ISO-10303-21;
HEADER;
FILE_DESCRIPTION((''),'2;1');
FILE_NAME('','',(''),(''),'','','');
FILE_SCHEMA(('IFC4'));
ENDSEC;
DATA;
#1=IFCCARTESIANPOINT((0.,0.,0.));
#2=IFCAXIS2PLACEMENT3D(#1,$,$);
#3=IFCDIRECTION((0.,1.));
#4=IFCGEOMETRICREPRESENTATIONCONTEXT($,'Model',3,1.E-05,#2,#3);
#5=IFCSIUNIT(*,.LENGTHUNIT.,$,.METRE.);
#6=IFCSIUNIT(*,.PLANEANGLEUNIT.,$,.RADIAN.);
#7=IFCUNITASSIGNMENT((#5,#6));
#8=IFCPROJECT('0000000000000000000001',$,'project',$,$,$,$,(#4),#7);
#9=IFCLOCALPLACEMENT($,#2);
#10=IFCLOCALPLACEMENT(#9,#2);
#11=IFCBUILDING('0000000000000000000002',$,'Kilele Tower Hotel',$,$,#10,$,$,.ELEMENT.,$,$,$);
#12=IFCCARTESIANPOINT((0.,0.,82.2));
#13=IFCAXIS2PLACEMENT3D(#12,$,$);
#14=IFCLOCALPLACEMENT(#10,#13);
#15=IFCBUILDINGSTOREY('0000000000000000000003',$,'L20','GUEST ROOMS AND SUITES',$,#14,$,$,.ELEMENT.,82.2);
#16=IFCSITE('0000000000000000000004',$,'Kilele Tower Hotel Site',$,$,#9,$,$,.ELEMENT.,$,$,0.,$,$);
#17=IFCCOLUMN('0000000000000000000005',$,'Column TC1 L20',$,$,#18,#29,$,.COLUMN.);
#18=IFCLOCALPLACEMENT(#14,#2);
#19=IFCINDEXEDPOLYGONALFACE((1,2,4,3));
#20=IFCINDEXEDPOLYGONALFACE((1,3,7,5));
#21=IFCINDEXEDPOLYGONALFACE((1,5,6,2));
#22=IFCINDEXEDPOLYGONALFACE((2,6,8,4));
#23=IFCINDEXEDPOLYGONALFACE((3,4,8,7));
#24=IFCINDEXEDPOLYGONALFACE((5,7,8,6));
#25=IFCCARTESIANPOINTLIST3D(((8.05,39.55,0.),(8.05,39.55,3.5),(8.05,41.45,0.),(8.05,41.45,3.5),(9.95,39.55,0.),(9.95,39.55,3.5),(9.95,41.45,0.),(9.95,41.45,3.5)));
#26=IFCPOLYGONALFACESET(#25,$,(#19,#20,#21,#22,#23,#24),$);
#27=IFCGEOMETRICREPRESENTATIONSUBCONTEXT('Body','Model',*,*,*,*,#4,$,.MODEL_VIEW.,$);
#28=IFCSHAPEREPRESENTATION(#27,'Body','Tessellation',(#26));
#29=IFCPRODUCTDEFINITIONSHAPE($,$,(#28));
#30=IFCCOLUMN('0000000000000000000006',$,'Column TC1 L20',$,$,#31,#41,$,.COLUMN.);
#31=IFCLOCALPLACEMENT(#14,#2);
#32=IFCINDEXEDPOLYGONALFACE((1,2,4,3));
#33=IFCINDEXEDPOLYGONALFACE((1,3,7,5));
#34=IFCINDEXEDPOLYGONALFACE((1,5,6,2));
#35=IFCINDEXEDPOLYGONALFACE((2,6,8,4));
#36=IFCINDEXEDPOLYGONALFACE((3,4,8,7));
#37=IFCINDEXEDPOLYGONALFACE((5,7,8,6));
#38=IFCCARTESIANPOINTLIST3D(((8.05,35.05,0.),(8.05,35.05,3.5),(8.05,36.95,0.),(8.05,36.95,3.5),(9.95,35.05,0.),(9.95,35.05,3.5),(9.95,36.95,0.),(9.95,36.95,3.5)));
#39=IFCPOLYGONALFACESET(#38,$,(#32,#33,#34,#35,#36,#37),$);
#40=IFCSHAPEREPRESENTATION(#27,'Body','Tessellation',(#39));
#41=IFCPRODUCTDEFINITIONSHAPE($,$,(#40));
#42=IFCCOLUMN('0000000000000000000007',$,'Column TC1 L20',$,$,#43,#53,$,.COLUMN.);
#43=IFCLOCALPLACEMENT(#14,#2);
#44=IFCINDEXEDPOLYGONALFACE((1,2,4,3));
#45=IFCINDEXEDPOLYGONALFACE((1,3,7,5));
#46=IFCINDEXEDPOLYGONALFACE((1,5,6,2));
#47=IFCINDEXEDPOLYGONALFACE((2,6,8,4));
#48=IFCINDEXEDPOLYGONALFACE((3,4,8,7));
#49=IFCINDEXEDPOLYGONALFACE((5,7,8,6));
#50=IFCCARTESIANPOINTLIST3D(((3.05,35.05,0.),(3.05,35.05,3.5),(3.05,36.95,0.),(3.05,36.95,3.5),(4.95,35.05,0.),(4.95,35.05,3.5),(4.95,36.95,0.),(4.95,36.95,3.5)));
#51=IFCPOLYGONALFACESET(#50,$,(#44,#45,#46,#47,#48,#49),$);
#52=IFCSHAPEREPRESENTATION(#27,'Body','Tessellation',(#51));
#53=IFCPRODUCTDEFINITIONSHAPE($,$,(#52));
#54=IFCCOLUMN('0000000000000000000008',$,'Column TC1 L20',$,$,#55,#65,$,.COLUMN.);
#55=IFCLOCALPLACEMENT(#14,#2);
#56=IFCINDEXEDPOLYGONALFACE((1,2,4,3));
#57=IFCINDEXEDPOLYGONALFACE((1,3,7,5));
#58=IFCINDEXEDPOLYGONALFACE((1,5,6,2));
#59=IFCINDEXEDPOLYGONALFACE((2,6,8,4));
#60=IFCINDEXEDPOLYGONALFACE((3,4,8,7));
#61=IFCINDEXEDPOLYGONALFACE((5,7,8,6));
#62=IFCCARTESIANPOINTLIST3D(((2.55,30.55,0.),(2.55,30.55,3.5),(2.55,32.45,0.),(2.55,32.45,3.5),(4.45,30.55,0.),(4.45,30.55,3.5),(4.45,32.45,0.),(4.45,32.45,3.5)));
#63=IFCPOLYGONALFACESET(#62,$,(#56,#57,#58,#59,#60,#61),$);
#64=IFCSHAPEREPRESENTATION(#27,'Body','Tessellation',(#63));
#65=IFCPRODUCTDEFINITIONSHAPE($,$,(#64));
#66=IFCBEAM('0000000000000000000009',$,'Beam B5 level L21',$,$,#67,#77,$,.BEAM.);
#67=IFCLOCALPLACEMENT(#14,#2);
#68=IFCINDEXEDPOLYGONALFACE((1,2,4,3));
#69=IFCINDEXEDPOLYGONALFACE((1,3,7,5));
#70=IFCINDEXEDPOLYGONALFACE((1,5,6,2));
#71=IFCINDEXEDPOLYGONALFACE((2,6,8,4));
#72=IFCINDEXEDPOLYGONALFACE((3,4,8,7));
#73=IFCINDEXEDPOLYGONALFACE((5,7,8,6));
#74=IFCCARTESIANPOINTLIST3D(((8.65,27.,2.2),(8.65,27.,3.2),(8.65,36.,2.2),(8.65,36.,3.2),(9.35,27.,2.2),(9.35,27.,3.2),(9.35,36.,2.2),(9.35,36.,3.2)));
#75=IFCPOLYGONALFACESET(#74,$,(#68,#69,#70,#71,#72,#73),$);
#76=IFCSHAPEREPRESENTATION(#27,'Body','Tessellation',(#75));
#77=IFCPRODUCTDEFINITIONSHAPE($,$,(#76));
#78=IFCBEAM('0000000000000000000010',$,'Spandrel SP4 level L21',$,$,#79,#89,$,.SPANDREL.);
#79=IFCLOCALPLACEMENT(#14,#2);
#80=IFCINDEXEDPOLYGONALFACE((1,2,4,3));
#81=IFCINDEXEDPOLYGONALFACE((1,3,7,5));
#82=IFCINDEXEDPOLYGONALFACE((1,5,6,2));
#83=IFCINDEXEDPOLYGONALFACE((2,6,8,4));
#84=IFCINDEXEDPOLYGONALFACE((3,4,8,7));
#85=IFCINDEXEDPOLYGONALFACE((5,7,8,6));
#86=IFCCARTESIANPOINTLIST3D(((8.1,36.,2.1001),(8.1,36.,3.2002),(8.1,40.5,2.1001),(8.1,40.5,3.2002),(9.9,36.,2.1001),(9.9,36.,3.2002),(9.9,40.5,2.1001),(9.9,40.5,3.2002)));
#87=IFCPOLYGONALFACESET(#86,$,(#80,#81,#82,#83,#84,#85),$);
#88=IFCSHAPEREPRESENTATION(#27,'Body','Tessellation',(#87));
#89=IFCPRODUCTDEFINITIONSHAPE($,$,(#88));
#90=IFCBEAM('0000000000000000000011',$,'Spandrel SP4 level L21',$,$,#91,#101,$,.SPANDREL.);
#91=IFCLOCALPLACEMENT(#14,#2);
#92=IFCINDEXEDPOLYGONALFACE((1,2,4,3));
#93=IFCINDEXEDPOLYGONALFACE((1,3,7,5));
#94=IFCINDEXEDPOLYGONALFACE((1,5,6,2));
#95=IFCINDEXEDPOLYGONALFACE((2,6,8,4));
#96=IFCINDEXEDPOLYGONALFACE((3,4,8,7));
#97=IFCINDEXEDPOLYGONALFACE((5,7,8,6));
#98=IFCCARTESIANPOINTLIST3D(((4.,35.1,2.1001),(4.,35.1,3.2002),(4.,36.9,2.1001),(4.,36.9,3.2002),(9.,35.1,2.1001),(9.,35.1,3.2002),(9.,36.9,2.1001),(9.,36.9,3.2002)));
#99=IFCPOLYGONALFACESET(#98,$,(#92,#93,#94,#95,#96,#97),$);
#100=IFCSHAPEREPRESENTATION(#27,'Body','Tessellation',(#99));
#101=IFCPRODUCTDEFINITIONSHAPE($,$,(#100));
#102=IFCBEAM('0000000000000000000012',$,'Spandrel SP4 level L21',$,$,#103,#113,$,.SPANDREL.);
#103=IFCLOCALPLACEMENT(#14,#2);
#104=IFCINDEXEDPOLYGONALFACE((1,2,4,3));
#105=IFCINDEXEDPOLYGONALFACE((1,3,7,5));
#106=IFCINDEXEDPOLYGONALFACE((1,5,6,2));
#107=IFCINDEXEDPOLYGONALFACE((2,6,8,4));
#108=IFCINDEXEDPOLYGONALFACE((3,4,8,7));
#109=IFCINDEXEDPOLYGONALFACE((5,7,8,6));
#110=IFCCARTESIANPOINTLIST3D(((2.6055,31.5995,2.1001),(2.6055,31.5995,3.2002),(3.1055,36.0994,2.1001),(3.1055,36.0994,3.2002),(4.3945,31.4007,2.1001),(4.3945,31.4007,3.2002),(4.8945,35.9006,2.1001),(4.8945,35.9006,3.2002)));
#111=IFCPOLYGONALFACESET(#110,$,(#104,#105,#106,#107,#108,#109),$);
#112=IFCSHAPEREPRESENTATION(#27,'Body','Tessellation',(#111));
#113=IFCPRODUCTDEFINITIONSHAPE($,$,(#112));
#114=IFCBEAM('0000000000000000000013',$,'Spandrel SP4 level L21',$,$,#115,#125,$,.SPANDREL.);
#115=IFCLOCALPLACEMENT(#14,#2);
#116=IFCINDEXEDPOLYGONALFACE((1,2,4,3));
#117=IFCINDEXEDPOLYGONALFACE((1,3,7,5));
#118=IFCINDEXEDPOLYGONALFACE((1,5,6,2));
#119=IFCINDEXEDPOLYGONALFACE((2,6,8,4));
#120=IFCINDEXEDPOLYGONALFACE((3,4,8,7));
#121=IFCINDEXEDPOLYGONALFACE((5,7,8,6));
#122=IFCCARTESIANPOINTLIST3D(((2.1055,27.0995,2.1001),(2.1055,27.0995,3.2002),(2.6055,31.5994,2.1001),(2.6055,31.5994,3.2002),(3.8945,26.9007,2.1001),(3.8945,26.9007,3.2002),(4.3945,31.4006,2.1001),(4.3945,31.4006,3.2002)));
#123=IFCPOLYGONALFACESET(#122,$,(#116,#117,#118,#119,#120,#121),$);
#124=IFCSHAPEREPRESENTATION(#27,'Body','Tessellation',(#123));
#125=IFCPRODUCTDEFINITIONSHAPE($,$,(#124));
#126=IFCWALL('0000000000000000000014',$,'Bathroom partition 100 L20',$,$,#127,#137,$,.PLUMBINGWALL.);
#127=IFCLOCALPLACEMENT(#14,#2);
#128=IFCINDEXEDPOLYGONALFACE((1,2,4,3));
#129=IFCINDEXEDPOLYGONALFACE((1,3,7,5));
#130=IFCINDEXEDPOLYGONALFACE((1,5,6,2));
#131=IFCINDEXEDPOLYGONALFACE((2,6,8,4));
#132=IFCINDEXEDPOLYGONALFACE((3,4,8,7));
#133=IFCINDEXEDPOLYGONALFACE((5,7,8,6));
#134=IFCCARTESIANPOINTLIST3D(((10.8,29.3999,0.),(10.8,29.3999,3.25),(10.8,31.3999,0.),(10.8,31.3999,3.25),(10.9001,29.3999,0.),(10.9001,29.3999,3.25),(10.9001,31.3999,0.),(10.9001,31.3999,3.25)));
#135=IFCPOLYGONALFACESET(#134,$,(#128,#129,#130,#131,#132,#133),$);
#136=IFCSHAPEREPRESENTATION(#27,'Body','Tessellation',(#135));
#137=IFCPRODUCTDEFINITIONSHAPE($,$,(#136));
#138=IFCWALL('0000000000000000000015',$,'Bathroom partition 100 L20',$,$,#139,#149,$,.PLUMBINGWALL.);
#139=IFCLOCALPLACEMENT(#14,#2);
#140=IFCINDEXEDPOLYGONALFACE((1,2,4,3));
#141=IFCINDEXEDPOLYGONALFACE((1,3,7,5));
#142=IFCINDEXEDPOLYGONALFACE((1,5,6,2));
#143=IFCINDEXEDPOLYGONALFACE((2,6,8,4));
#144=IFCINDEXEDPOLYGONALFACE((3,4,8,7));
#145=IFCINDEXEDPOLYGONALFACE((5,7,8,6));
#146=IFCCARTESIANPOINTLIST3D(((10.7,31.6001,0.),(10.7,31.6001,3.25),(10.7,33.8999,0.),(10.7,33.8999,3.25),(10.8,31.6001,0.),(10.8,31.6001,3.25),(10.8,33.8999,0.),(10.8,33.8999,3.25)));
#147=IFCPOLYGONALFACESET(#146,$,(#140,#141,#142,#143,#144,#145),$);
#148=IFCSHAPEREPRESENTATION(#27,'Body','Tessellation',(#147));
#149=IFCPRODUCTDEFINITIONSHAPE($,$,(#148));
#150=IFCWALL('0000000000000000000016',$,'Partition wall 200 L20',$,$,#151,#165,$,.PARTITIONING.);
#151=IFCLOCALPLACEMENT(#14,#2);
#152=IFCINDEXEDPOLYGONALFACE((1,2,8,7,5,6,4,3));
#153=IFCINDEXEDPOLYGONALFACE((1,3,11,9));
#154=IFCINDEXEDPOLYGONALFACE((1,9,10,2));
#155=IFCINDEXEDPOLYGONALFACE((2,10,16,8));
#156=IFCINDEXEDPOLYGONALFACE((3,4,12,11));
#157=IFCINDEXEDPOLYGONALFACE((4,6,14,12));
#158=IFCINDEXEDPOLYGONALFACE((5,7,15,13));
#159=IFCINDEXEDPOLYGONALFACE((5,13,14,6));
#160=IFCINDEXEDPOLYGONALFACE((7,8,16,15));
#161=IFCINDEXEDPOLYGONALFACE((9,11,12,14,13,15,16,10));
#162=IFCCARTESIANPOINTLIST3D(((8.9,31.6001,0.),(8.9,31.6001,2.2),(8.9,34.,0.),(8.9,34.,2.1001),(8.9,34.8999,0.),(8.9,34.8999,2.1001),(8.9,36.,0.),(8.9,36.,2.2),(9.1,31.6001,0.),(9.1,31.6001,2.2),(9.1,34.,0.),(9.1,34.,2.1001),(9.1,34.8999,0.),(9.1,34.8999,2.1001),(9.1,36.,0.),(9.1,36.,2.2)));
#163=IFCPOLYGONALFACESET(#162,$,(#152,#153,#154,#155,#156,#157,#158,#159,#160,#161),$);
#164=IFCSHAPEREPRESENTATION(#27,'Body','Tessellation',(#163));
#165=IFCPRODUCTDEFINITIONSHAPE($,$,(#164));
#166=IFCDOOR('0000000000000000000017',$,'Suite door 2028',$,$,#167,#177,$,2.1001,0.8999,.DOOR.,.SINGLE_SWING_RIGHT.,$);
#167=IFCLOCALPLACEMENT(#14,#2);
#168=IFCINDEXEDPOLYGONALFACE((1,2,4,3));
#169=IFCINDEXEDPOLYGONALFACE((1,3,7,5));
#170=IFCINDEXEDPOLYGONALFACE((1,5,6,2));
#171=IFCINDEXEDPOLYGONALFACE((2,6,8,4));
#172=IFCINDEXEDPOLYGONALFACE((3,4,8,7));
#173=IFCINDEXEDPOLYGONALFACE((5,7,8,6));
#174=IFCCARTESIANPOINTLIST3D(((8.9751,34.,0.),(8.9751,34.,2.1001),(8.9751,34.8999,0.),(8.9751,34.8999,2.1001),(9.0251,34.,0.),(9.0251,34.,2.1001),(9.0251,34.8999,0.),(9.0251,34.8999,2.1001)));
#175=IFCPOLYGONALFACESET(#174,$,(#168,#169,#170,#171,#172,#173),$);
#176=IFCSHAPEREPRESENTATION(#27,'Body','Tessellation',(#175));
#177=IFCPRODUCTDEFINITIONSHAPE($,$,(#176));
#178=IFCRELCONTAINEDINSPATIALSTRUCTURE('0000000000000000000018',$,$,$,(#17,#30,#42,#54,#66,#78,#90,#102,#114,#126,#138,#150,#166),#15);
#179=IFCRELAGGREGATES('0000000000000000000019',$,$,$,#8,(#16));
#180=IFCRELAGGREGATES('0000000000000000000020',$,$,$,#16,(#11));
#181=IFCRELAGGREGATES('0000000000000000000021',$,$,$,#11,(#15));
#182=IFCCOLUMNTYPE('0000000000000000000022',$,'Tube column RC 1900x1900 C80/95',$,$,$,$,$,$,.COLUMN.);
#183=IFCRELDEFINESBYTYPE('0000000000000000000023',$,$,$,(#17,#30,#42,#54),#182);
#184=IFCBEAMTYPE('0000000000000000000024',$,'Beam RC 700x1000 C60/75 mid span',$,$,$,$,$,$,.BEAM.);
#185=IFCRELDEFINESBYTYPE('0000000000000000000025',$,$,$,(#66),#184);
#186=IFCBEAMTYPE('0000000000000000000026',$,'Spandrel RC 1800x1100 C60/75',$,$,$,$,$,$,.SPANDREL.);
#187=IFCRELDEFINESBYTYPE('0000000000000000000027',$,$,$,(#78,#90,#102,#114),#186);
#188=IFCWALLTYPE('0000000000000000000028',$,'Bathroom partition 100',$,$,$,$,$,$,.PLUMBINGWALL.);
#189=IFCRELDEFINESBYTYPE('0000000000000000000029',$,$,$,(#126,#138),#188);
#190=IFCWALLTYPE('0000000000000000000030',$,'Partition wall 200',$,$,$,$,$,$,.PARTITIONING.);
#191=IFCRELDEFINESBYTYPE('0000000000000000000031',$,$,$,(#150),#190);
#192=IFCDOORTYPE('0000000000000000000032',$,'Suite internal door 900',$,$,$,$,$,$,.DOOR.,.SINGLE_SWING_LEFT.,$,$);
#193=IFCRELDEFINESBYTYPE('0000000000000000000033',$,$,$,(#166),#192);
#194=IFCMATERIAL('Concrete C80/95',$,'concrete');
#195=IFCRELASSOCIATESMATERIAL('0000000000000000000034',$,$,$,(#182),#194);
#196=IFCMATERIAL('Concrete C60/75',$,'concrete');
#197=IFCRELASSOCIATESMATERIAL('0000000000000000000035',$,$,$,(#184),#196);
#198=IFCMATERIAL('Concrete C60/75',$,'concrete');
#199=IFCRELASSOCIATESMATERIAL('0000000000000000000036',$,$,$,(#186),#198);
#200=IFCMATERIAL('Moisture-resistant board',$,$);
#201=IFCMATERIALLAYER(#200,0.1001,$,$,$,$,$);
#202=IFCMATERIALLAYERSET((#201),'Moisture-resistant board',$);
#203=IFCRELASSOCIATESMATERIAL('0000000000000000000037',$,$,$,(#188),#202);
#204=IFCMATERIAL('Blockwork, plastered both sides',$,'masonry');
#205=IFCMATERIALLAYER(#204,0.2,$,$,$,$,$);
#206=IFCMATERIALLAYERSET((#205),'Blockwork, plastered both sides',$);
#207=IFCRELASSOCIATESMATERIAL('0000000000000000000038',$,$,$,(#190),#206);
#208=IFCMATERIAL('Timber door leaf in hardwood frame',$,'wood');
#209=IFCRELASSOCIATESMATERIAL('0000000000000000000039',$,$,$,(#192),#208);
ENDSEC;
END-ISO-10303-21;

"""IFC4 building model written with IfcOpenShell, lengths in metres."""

from ifc_helpers import new_model, si_unit, direction, frame, frame_2d, origin, origin_2d, place, context, subcontext, project, spatial, rectangle, extrude, material, layer, layer_set, material_profile, profile_set, type_object, element, fill, save


model = new_model("IFC4")

# Units and contexts
model_context = context("Model", 3, precision=1e-05, world=origin(), true_north=direction((0.0, 1.0)))
body_context = subcontext(model_context, "Body", "Model", "MODEL_VIEW")
ifc_project = project(units=[si_unit("LENGTHUNIT", "METRE"), si_unit("PLANEANGLEUNIT", "RADIAN")], contexts=[model_context])

# Site, building, storey
site_placement = place(None, origin())
site = spatial("IfcSite", under=ifc_project, at=site_placement, Name="Kilele Tower Hotel Site", CompositionType="ELEMENT", RefElevation=0.0)
building_placement = place(site_placement, origin())
building = spatial("IfcBuilding", under=site, at=building_placement, Name="Kilele Tower Hotel", CompositionType="ELEMENT")
storey_placement = place(building_placement, frame((0.0, 0.0, 82.2)))
storey = spatial("IfcBuildingStorey", under=building, at=storey_placement, Name="L20", Description="GUEST ROOMS AND SUITES", CompositionType="ELEMENT", Elevation=82.2)

# Columns
ifc_material_1 = material(Name="Concrete C80/95", Category="concrete")
ifc_material_profile_1 = material_profile(ifc_material_1, rectangle(XDim=1.8999, YDim=1.8999, at=origin_2d()))
ifc_profile_set_1 = profile_set([ifc_material_profile_1], Name="Concrete C80/95")
column_type = type_object("IfcColumnType", Name="Tube column RC 1900x1900 C80/95", PredefinedType="COLUMN", material=ifc_profile_set_1)
for number, where, z_axis, x_axis, name in (
    (1, (9.0, 40.5, 0.0), (0.0, 0.0, 1.0), (1.0, 0.0, 0.0), "Column TC1 L20"),
    (2, (9.0, 36.0, 0.0), (0.0, 0.0, 1.0), (1.0, 0.0, 0.0), "Column TC1 L20"),
    (3, (4.0, 36.0, 0.0), (0.0, 0.0, 1.0), (1.0, 0.0, 0.0), "Column TC1 L20"),
    (4, (3.5, 31.5, 0.0), (0.0, 0.0, 1.0), (1.0, 0.0, 0.0), "Column TC1 L20"),
):
    element("IfcColumn", number, at=place(storey_placement, frame(where, z_axis=z_axis, x_axis=x_axis)), inside=storey, type_object=column_type, Name=name, PredefinedType="COLUMN", context=body_context, shape_type="SweptSolid", body=[
        extrude(rectangle(XDim=1.8999, YDim=1.8999, at=origin_2d()), origin(), (0.0, 0.0, 1.0), 3.5),
    ])

# Beams
ifc_material_2 = material(Name="Concrete C60/75", Category="concrete")
ifc_material_profile_2 = material_profile(ifc_material_2, rectangle(XDim=0.7, YDim=1.0, at=origin_2d()))
ifc_profile_set_2 = profile_set([ifc_material_profile_2], Name="Concrete C60/75")
beam_type_1 = type_object("IfcBeamType", Name="Beam RC 700x1000 C60/75 mid span", PredefinedType="BEAM", material=ifc_profile_set_2)
beam_1_placement = place(storey_placement, frame((9.0, 36.0, 2.7), z_axis=(0.0, -1.0, 0.0), x_axis=(1.0, 0.0, 0.0)))
element("IfcBeam", 5, at=beam_1_placement, inside=storey, type_object=beam_type_1, Name="Beam B5 level L21", PredefinedType="BEAM", context=body_context, shape_type="SweptSolid", body=[
    extrude(rectangle(XDim=0.7, YDim=1.0, at=origin_2d()), origin(), (0.0, 0.0, 1.0), 9.0),
])
ifc_material_3 = material(Name="Concrete C60/75", Category="concrete")
ifc_material_profile_3 = material_profile(ifc_material_3, rectangle(XDim=1.8, YDim=1.1001, at=origin_2d()))
ifc_profile_set_3 = profile_set([ifc_material_profile_3], Name="Concrete C60/75")
beam_type_2 = type_object("IfcBeamType", Name="Spandrel RC 1800x1100 C60/75", PredefinedType="SPANDREL", material=ifc_profile_set_3)
beam_2_placement = place(storey_placement, frame((9.0, 40.5, 2.6501), z_axis=(0.0, -1.0, 0.0), x_axis=(1.0, 0.0, 0.0)))
element("IfcBeam", 6, at=beam_2_placement, inside=storey, type_object=beam_type_2, Name="Spandrel SP4 level L21", PredefinedType="SPANDREL", context=body_context, shape_type="SweptSolid", body=[
    extrude(rectangle(XDim=1.8, YDim=1.1001, at=origin_2d()), origin(), (0.0, 0.0, 1.0), 4.5),
])
beam_3_placement = place(storey_placement, frame((9.0, 36.0, 2.6501), z_axis=(-1.0, 0.0, 0.0), x_axis=(0.0, -1.0, 0.0)))
element("IfcBeam", 7, at=beam_3_placement, inside=storey, type_object=beam_type_2, Name="Spandrel SP4 level L21", PredefinedType="SPANDREL", context=body_context, shape_type="SweptSolid", body=[
    extrude(rectangle(XDim=1.8, YDim=1.1001, at=origin_2d()), origin(), (0.0, 0.0, 1.0), 5.0),
])
for number, where, z_axis, x_axis, name in (
    (8, (4.0, 36.0, 2.6501), (-0.110432, -0.993884, 0.0), (0.993884, -0.110432, 0.0), "Spandrel SP4 level L21"),
    (9, (3.5, 31.5, 2.6501), (-0.110432, -0.993884, 0.0), (0.993884, -0.110432, 0.0), "Spandrel SP4 level L21"),
):
    element("IfcBeam", number, at=place(storey_placement, frame(where, z_axis=z_axis, x_axis=x_axis)), inside=storey, type_object=beam_type_2, Name=name, PredefinedType="SPANDREL", context=body_context, shape_type="SweptSolid", body=[
        extrude(rectangle(XDim=1.8, YDim=1.1001, at=origin_2d()), origin(), (0.0, 0.0, 1.0), 4.5276),
    ])

# Walls
ifc_material_4 = material(Name="Moisture-resistant board")
ifc_layer_1 = layer(ifc_material_4, 0.1001)
ifc_layer_set_1 = layer_set([ifc_layer_1], Name="Moisture-resistant board")
wall_type_1 = type_object("IfcWallType", Name="Bathroom partition 100", PredefinedType="PLUMBINGWALL", material=ifc_layer_set_1)
wall_1_placement = place(storey_placement, frame((10.8501, 31.3999, 0.0), z_axis=(0.0, 0.0, 1.0), x_axis=(0.0, -1.0, 0.0)))
element("IfcWall", 10, at=wall_1_placement, inside=storey, type_object=wall_type_1, Name="Bathroom partition 100 L20", PredefinedType="PLUMBINGWALL", context=body_context, shape_type="SweptSolid", body=[
    extrude(rectangle(XDim=2.0, YDim=0.1001, at=frame_2d((1.0, 0.0))), origin(), (0.0, 0.0, 1.0), 3.25),
])
wall_2_placement = place(storey_placement, frame((10.75, 31.6001, 0.0), z_axis=(0.0, 0.0, 1.0), x_axis=(0.0, 1.0, 0.0)))
element("IfcWall", 11, at=wall_2_placement, inside=storey, type_object=wall_type_1, Name="Bathroom partition 100 L20", PredefinedType="PLUMBINGWALL", context=body_context, shape_type="SweptSolid", body=[
    extrude(rectangle(XDim=2.2998, YDim=0.1001, at=frame_2d((1.1499, 0.0))), origin(), (0.0, 0.0, 1.0), 3.25),
])

# Wall, opening, door
ifc_material_5 = material(Name="Blockwork, plastered both sides", Category="masonry")
ifc_layer_2 = layer(ifc_material_5, 0.2)
ifc_layer_set_2 = layer_set([ifc_layer_2], Name="Blockwork, plastered both sides")
wall_type_2 = type_object("IfcWallType", Name="Partition wall 200", PredefinedType="PARTITIONING", material=ifc_layer_set_2)
wall_3_placement = place(storey_placement, frame((9.0, 31.6001, 0.0), z_axis=(0.0, 0.0, 1.0), x_axis=(0.0, 1.0, 0.0)))
wall_3 = element("IfcWall", 12, at=wall_3_placement, inside=storey, type_object=wall_type_2, Name="Partition wall 200 L20", PredefinedType="PARTITIONING", context=body_context, shape_type="SweptSolid", body=[
    extrude(rectangle(XDim=4.3999, YDim=0.2, at=frame_2d((2.2, 0.0))), origin(), (0.0, 0.0, 1.0), 2.2),
])
opening_1_placement = place(wall_3_placement, frame((2.3999, 0.0, 0.0)))
opening_1 = element("IfcOpeningElement", 13, at=opening_1_placement, cuts=wall_3, PredefinedType="OPENING", context=body_context, shape_type="SweptSolid", body=[
    extrude(rectangle(XDim=0.8999, YDim=2.1001, at=frame_2d((0.45, 1.05))), frame((0.0, 0.1099, 0.0), z_axis=(0.0, -1.0, 0.0), x_axis=(1.0, 0.0, 0.0)), (0.0, 0.0, 1.0), 0.22),
])
ifc_material_6 = material(Name="Timber door leaf in hardwood frame", Category="wood")
door_type = type_object("IfcDoorType", Name="Suite internal door 900", OperationType="SINGLE_SWING_LEFT", PredefinedType="DOOR", material=ifc_material_6)
door_placement = place(opening_1_placement, origin())
door = element("IfcDoor", 14, at=door_placement, inside=storey, type_object=door_type, Name="Suite door 2028", OperationType="SINGLE_SWING_RIGHT", OverallHeight=2.1001, OverallWidth=0.8999, PredefinedType="DOOR", context=body_context, shape_type="SweptSolid", body=[
    extrude(rectangle(XDim=0.8999, YDim=2.1001, at=frame_2d((0.45, 1.05))), frame((0.0, 0.0249, 0.0), z_axis=(0.0, -1.0, 0.0), x_axis=(1.0, 0.0, 0.0)), (0.0, 0.0, 1.0), 0.05),
])
fill(opening_1, door)

save(model, "model.ifc")
